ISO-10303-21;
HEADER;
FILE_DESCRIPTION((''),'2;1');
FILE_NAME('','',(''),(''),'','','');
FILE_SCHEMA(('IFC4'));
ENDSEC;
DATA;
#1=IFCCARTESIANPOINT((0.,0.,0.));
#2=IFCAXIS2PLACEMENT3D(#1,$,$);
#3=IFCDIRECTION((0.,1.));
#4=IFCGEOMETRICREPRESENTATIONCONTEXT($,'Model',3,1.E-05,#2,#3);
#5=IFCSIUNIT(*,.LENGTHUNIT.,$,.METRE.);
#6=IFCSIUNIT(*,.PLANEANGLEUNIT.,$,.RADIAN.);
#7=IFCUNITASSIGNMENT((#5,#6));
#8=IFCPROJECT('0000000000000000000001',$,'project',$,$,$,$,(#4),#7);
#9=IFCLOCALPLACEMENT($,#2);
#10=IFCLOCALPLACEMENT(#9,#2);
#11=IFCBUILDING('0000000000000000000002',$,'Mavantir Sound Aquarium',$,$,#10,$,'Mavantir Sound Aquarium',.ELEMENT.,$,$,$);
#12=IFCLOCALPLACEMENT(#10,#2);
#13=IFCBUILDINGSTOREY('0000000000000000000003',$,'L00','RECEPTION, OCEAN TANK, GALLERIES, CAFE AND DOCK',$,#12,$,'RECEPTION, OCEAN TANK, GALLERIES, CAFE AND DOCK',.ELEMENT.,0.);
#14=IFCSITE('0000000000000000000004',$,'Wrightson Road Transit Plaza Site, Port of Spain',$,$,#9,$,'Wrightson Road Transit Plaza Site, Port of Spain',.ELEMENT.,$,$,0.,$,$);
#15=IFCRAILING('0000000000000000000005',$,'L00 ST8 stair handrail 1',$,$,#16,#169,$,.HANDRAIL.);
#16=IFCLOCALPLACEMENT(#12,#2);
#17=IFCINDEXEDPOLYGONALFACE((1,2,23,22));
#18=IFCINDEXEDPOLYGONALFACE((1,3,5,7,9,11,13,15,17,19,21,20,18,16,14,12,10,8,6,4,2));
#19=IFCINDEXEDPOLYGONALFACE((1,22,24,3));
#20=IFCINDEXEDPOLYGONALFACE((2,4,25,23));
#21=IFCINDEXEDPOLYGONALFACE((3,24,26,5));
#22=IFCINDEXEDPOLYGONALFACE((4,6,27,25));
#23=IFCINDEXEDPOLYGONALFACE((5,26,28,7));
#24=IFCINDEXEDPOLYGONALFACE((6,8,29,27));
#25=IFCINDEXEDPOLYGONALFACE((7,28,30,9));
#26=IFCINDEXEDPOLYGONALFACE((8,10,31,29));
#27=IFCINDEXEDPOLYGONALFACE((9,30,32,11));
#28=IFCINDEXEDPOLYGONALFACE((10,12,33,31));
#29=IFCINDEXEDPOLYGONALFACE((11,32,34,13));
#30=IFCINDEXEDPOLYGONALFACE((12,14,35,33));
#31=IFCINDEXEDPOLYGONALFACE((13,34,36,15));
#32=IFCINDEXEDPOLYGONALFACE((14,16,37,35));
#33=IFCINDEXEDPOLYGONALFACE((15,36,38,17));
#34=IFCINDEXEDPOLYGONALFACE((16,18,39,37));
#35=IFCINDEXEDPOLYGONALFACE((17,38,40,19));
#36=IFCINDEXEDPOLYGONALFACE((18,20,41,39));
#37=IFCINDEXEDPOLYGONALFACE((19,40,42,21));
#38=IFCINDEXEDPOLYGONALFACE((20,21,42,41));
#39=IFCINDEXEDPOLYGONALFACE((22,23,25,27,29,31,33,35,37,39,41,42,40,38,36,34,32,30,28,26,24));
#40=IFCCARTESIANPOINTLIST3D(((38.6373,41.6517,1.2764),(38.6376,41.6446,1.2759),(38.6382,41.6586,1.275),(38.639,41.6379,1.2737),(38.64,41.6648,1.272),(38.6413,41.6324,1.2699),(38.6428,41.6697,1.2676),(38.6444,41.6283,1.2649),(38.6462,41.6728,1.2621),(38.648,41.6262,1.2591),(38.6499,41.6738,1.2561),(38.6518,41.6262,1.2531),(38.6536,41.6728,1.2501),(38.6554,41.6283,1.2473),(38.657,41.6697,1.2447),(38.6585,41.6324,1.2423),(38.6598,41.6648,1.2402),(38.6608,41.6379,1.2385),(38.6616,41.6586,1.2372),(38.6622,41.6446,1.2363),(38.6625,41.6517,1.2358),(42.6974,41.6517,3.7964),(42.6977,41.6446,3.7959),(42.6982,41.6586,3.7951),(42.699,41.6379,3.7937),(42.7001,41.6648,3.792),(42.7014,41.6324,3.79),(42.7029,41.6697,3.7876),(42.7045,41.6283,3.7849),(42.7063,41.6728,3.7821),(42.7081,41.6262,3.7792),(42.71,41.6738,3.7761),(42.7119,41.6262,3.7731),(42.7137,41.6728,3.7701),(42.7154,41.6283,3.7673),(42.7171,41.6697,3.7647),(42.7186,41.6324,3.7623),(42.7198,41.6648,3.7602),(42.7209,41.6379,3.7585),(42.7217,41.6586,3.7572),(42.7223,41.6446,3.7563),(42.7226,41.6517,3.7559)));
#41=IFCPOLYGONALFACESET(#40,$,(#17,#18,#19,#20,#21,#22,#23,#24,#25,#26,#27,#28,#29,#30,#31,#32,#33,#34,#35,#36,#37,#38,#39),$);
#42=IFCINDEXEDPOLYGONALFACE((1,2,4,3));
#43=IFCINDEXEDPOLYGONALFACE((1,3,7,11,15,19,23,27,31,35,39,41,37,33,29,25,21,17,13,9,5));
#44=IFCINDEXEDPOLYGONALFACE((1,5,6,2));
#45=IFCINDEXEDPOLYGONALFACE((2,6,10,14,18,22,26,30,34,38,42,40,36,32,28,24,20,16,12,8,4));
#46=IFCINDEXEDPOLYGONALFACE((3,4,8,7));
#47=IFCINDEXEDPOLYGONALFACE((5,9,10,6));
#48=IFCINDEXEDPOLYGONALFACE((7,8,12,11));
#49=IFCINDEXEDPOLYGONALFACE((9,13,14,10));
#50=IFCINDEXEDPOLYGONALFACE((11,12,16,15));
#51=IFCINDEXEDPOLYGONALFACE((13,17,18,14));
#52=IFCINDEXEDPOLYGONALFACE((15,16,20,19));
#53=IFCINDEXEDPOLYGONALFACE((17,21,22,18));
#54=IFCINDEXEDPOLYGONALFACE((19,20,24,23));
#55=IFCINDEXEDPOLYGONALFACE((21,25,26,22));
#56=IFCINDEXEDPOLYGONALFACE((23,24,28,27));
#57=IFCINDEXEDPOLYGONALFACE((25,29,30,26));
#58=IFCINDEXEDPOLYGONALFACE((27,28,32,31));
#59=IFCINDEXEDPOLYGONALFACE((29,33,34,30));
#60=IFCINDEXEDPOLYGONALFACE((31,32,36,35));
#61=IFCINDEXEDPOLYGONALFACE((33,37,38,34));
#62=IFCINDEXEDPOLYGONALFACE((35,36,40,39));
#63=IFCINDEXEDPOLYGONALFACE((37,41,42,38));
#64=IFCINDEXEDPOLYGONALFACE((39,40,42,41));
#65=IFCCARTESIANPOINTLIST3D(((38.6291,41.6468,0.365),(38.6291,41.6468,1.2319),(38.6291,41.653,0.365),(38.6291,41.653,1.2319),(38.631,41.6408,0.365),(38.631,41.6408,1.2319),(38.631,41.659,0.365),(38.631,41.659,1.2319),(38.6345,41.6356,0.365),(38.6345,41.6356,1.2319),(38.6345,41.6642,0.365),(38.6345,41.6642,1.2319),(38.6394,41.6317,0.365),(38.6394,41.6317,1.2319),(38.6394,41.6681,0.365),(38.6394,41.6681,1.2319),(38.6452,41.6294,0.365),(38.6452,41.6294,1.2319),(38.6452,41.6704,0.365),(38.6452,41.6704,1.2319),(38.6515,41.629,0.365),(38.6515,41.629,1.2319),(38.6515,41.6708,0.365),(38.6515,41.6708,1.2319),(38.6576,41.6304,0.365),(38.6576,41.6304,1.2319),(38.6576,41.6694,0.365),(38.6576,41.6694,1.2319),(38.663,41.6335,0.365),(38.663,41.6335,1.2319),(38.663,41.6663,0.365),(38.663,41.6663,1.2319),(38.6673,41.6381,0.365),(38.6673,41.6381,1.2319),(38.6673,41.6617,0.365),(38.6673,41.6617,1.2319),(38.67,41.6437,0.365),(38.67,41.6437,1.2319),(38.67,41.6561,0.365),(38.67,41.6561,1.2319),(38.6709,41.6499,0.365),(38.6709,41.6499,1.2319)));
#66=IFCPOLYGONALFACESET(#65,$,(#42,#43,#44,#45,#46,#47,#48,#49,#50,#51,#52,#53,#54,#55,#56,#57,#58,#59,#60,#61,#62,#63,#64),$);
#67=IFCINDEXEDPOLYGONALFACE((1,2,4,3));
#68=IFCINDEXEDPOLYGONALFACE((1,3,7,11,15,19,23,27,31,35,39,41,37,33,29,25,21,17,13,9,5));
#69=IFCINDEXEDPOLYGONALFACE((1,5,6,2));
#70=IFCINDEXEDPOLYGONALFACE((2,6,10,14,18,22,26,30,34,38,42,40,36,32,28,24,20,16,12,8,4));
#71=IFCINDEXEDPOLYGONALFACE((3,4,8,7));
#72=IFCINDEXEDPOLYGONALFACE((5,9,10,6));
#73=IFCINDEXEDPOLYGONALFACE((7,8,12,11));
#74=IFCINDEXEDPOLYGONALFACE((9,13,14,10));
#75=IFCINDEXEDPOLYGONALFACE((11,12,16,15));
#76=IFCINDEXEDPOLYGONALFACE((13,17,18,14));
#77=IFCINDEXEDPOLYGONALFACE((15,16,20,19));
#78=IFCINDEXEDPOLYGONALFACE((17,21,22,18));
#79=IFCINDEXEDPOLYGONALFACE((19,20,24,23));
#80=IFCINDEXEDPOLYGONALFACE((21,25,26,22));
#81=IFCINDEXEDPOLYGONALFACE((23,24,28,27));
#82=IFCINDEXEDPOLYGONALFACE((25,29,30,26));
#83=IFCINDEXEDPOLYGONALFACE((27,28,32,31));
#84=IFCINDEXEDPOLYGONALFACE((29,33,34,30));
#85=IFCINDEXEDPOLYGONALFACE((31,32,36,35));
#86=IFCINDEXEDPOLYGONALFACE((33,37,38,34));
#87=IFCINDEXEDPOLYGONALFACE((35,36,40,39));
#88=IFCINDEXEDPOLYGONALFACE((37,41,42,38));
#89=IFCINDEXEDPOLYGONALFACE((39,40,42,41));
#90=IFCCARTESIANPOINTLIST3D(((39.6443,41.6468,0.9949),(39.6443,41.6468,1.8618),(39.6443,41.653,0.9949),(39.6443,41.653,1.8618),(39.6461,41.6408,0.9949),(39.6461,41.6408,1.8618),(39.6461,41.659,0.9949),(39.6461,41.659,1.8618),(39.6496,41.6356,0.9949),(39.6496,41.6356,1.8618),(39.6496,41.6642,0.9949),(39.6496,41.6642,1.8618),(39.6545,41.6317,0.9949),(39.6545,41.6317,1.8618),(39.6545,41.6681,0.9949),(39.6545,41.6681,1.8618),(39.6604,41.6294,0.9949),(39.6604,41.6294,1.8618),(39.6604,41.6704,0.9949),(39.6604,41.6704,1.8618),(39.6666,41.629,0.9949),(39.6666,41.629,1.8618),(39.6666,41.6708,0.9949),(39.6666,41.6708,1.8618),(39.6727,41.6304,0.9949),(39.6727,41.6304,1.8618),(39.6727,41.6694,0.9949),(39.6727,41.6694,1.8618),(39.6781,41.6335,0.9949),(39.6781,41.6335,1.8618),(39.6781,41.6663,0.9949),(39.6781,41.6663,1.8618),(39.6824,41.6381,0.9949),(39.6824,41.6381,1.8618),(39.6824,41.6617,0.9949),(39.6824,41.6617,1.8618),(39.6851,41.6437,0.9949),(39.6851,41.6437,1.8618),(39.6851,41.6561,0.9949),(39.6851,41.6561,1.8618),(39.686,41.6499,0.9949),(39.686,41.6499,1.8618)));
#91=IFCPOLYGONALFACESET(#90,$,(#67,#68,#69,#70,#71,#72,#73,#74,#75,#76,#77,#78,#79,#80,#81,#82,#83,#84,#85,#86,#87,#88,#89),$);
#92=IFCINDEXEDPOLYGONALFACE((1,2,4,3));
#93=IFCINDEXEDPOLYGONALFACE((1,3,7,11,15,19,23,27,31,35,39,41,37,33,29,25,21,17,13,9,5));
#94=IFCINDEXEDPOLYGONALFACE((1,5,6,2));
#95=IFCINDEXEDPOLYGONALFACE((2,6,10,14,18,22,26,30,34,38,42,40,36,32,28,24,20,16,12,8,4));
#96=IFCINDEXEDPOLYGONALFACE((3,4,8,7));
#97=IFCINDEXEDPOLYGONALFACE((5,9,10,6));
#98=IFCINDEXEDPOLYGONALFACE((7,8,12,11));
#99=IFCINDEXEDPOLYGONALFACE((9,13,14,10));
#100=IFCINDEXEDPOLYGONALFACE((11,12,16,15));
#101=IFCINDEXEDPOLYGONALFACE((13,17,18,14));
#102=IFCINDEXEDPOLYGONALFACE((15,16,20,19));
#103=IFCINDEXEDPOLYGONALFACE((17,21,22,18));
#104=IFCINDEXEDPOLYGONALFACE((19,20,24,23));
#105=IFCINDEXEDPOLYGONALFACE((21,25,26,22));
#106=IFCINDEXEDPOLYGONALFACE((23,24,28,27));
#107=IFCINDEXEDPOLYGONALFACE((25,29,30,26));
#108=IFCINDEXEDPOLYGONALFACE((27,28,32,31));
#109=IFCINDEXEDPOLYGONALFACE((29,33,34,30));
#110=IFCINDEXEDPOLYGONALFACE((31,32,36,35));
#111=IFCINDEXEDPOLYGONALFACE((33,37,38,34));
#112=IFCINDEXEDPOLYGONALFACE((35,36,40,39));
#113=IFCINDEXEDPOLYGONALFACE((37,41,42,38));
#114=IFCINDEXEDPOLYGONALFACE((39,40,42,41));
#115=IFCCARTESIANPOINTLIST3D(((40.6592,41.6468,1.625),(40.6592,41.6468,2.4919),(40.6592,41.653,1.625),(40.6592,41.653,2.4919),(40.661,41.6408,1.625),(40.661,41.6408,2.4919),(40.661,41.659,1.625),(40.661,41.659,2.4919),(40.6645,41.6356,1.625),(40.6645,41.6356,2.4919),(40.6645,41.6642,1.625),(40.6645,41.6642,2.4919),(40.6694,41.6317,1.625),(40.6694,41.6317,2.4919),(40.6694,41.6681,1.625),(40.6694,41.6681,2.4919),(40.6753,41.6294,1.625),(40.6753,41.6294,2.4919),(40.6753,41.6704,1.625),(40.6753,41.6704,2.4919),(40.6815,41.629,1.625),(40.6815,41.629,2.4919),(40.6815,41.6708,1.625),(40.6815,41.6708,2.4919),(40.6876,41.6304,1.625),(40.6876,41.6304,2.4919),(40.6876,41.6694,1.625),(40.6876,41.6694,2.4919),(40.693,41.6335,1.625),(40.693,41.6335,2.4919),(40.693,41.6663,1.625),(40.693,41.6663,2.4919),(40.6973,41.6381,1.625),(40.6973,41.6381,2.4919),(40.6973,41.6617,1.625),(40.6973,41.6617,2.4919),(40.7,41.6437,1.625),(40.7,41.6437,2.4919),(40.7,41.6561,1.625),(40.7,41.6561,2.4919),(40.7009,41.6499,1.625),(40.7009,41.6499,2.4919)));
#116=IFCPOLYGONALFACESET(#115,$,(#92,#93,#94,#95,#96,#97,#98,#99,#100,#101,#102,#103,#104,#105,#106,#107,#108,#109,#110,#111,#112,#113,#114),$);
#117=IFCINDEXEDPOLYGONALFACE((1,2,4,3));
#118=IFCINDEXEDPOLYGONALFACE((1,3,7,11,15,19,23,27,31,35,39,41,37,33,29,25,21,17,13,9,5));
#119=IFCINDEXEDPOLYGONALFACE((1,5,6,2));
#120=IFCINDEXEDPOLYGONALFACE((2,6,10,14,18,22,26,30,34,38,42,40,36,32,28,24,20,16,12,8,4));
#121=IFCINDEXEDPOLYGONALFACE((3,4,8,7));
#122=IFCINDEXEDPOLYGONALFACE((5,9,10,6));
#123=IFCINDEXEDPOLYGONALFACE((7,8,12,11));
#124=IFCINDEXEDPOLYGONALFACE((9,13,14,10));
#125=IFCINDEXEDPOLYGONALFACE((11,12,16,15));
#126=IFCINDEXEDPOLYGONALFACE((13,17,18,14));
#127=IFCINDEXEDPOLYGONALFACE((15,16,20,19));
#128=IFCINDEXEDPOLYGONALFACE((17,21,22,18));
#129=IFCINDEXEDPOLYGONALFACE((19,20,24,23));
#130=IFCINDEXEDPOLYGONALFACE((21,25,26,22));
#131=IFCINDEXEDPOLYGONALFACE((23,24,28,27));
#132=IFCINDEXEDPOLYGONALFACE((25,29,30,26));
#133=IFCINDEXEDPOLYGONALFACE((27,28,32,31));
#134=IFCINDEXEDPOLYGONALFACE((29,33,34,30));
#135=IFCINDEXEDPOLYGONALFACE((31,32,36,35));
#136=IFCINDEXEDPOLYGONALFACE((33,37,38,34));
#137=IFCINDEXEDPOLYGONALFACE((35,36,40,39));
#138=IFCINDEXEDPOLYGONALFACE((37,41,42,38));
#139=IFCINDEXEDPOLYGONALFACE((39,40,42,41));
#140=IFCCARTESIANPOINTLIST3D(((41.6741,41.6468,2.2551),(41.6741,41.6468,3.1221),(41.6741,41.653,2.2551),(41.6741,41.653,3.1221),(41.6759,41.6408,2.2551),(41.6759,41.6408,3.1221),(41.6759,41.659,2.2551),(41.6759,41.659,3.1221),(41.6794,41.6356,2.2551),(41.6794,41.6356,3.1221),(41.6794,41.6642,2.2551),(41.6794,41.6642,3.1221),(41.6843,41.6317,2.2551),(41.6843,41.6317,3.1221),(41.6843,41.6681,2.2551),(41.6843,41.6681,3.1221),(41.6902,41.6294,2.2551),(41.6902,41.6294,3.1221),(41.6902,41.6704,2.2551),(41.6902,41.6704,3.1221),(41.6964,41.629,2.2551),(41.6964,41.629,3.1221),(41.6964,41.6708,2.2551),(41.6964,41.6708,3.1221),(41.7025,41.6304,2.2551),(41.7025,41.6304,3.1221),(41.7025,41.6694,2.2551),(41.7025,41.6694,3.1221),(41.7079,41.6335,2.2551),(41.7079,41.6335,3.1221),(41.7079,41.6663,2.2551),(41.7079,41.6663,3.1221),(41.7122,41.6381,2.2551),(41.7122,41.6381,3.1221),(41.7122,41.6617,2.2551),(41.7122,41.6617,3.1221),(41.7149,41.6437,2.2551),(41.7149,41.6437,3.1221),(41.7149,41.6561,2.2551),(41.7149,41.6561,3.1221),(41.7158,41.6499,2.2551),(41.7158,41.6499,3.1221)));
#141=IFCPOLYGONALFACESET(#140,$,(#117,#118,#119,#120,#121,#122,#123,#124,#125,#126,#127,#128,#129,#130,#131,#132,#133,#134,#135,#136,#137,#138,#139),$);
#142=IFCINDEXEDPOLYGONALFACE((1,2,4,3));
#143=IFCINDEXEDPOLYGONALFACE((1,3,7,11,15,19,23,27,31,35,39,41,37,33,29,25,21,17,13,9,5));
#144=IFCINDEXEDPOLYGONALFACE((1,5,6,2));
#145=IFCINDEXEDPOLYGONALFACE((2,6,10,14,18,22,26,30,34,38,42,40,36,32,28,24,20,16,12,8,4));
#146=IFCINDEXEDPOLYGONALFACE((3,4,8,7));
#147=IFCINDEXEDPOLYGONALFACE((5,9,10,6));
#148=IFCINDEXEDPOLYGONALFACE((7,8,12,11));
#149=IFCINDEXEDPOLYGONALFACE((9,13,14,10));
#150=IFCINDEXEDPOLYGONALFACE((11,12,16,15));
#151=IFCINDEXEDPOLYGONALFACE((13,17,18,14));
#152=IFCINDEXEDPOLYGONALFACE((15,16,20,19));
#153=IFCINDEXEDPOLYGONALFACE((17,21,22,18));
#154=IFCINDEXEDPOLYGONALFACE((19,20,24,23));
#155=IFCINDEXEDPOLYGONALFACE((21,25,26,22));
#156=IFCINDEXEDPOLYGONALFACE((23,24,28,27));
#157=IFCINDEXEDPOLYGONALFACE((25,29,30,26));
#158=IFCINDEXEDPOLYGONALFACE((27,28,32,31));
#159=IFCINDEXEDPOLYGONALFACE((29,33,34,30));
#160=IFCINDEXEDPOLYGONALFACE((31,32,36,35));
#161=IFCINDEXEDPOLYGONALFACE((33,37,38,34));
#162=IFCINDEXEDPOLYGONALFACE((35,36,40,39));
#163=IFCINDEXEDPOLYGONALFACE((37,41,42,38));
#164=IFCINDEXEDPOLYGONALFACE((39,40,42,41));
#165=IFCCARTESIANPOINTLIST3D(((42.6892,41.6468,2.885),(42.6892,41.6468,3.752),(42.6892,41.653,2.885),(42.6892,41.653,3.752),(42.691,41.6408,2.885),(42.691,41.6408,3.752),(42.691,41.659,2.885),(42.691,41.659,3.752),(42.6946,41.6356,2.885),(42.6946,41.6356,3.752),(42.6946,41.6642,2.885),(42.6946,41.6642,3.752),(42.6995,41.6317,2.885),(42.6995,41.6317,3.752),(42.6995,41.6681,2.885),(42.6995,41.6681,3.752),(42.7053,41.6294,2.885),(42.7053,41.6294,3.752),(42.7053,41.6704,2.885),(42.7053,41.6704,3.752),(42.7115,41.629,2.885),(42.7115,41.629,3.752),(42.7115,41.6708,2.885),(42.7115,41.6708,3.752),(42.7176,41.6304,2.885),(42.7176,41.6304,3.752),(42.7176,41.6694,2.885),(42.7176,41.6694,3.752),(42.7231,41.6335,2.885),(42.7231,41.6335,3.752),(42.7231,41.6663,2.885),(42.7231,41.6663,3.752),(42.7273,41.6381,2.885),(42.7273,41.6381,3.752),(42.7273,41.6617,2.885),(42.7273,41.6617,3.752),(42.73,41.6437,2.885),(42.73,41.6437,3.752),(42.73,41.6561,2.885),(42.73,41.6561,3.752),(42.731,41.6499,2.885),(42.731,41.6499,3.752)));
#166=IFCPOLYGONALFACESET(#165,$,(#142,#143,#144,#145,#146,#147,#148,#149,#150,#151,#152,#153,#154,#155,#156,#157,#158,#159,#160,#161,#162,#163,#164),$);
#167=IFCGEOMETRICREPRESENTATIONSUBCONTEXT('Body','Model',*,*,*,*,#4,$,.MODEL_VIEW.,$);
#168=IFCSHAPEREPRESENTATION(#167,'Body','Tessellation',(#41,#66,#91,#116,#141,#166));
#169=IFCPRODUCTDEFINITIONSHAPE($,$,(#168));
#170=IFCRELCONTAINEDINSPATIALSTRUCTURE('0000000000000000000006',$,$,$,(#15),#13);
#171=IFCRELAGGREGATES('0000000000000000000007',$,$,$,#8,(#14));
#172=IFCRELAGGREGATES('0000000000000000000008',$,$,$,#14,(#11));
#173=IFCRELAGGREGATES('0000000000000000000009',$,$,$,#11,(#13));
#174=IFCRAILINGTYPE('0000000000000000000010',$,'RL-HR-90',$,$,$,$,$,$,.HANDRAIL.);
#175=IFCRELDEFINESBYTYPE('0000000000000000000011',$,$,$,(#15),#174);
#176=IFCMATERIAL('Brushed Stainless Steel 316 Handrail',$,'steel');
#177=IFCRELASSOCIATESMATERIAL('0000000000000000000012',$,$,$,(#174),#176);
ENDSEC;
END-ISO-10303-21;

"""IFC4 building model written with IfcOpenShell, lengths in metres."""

from ifc_helpers import new_model, si_unit, direction, frame, origin, origin_2d, place, context, subcontext, project, spatial, circle, extrude, material, type_object, element, save


model = new_model("IFC4")

# Units and contexts
model_context = context("Model", 3, precision=1e-05, world=origin(), true_north=direction((0.0, 1.0)))
body_context = subcontext(model_context, "Body", "Model", "MODEL_VIEW")
ifc_project = project(units=[si_unit("LENGTHUNIT", "METRE"), si_unit("PLANEANGLEUNIT", "RADIAN")], contexts=[model_context])

# Site, building, storey
site_placement = place(None, origin())
site = spatial("IfcSite", under=ifc_project, at=site_placement, Name="Wrightson Road Transit Plaza Site, Port of Spain", LongName="Wrightson Road Transit Plaza Site, Port of Spain", CompositionType="ELEMENT", RefElevation=0.0)
building_placement = place(site_placement, origin())
building = spatial("IfcBuilding", under=site, at=building_placement, Name="Mavantir Sound Aquarium", LongName="Mavantir Sound Aquarium", CompositionType="ELEMENT")
storey_placement = place(building_placement, origin())
storey = spatial("IfcBuildingStorey", under=building, at=storey_placement, Name="L00", Description="RECEPTION, OCEAN TANK, GALLERIES, CAFE AND DOCK", LongName="RECEPTION, OCEAN TANK, GALLERIES, CAFE AND DOCK", CompositionType="ELEMENT", Elevation=0.0)

# Railing
ifc_material_1 = material(Name="Brushed Stainless Steel 316 Handrail", Category="steel")
railing_type_1 = type_object("IfcRailingType", Name="RL-HR-90", PredefinedType="HANDRAIL", material=ifc_material_1)
railing_1_placement = place(storey_placement, frame((38.6499, 41.6499, 0.365)))
element("IfcRailing", 1, at=railing_1_placement, inside=storey, type_object=railing_type_1, Name="L00 ST8 stair handrail 1", PredefinedType="HANDRAIL", context=body_context, shape_type="SweptSolid", body=[
    extrude(circle(Radius=0.0239, at=origin_2d()), frame((0.0, 0.0, 0.8911), z_axis=(0.849642, 0.0, 0.52736), x_axis=(0.0, 1.0, 0.0)), (0.0, 0.0, 1.0), 4.7786),
    extrude(circle(Radius=0.021, at=origin_2d()), origin(), (0.0, 0.0, 1.0), 0.8669),
    extrude(circle(Radius=0.021, at=origin_2d()), frame((1.0151, 0.0, 0.6299)), (0.0, 0.0, 1.0), 0.8669),
    extrude(circle(Radius=0.021, at=origin_2d()), frame((2.03, 0.0, 1.26)), (0.0, 0.0, 1.0), 0.8669),
    extrude(circle(Radius=0.021, at=origin_2d()), frame((3.0449, 0.0, 1.8901)), (0.0, 0.0, 1.0), 0.8669),
    extrude(circle(Radius=0.021, at=origin_2d()), frame((4.0601, 0.0, 2.52)), (0.0, 0.0, 1.0), 0.8669),
])

save(model, "model.ifc")
